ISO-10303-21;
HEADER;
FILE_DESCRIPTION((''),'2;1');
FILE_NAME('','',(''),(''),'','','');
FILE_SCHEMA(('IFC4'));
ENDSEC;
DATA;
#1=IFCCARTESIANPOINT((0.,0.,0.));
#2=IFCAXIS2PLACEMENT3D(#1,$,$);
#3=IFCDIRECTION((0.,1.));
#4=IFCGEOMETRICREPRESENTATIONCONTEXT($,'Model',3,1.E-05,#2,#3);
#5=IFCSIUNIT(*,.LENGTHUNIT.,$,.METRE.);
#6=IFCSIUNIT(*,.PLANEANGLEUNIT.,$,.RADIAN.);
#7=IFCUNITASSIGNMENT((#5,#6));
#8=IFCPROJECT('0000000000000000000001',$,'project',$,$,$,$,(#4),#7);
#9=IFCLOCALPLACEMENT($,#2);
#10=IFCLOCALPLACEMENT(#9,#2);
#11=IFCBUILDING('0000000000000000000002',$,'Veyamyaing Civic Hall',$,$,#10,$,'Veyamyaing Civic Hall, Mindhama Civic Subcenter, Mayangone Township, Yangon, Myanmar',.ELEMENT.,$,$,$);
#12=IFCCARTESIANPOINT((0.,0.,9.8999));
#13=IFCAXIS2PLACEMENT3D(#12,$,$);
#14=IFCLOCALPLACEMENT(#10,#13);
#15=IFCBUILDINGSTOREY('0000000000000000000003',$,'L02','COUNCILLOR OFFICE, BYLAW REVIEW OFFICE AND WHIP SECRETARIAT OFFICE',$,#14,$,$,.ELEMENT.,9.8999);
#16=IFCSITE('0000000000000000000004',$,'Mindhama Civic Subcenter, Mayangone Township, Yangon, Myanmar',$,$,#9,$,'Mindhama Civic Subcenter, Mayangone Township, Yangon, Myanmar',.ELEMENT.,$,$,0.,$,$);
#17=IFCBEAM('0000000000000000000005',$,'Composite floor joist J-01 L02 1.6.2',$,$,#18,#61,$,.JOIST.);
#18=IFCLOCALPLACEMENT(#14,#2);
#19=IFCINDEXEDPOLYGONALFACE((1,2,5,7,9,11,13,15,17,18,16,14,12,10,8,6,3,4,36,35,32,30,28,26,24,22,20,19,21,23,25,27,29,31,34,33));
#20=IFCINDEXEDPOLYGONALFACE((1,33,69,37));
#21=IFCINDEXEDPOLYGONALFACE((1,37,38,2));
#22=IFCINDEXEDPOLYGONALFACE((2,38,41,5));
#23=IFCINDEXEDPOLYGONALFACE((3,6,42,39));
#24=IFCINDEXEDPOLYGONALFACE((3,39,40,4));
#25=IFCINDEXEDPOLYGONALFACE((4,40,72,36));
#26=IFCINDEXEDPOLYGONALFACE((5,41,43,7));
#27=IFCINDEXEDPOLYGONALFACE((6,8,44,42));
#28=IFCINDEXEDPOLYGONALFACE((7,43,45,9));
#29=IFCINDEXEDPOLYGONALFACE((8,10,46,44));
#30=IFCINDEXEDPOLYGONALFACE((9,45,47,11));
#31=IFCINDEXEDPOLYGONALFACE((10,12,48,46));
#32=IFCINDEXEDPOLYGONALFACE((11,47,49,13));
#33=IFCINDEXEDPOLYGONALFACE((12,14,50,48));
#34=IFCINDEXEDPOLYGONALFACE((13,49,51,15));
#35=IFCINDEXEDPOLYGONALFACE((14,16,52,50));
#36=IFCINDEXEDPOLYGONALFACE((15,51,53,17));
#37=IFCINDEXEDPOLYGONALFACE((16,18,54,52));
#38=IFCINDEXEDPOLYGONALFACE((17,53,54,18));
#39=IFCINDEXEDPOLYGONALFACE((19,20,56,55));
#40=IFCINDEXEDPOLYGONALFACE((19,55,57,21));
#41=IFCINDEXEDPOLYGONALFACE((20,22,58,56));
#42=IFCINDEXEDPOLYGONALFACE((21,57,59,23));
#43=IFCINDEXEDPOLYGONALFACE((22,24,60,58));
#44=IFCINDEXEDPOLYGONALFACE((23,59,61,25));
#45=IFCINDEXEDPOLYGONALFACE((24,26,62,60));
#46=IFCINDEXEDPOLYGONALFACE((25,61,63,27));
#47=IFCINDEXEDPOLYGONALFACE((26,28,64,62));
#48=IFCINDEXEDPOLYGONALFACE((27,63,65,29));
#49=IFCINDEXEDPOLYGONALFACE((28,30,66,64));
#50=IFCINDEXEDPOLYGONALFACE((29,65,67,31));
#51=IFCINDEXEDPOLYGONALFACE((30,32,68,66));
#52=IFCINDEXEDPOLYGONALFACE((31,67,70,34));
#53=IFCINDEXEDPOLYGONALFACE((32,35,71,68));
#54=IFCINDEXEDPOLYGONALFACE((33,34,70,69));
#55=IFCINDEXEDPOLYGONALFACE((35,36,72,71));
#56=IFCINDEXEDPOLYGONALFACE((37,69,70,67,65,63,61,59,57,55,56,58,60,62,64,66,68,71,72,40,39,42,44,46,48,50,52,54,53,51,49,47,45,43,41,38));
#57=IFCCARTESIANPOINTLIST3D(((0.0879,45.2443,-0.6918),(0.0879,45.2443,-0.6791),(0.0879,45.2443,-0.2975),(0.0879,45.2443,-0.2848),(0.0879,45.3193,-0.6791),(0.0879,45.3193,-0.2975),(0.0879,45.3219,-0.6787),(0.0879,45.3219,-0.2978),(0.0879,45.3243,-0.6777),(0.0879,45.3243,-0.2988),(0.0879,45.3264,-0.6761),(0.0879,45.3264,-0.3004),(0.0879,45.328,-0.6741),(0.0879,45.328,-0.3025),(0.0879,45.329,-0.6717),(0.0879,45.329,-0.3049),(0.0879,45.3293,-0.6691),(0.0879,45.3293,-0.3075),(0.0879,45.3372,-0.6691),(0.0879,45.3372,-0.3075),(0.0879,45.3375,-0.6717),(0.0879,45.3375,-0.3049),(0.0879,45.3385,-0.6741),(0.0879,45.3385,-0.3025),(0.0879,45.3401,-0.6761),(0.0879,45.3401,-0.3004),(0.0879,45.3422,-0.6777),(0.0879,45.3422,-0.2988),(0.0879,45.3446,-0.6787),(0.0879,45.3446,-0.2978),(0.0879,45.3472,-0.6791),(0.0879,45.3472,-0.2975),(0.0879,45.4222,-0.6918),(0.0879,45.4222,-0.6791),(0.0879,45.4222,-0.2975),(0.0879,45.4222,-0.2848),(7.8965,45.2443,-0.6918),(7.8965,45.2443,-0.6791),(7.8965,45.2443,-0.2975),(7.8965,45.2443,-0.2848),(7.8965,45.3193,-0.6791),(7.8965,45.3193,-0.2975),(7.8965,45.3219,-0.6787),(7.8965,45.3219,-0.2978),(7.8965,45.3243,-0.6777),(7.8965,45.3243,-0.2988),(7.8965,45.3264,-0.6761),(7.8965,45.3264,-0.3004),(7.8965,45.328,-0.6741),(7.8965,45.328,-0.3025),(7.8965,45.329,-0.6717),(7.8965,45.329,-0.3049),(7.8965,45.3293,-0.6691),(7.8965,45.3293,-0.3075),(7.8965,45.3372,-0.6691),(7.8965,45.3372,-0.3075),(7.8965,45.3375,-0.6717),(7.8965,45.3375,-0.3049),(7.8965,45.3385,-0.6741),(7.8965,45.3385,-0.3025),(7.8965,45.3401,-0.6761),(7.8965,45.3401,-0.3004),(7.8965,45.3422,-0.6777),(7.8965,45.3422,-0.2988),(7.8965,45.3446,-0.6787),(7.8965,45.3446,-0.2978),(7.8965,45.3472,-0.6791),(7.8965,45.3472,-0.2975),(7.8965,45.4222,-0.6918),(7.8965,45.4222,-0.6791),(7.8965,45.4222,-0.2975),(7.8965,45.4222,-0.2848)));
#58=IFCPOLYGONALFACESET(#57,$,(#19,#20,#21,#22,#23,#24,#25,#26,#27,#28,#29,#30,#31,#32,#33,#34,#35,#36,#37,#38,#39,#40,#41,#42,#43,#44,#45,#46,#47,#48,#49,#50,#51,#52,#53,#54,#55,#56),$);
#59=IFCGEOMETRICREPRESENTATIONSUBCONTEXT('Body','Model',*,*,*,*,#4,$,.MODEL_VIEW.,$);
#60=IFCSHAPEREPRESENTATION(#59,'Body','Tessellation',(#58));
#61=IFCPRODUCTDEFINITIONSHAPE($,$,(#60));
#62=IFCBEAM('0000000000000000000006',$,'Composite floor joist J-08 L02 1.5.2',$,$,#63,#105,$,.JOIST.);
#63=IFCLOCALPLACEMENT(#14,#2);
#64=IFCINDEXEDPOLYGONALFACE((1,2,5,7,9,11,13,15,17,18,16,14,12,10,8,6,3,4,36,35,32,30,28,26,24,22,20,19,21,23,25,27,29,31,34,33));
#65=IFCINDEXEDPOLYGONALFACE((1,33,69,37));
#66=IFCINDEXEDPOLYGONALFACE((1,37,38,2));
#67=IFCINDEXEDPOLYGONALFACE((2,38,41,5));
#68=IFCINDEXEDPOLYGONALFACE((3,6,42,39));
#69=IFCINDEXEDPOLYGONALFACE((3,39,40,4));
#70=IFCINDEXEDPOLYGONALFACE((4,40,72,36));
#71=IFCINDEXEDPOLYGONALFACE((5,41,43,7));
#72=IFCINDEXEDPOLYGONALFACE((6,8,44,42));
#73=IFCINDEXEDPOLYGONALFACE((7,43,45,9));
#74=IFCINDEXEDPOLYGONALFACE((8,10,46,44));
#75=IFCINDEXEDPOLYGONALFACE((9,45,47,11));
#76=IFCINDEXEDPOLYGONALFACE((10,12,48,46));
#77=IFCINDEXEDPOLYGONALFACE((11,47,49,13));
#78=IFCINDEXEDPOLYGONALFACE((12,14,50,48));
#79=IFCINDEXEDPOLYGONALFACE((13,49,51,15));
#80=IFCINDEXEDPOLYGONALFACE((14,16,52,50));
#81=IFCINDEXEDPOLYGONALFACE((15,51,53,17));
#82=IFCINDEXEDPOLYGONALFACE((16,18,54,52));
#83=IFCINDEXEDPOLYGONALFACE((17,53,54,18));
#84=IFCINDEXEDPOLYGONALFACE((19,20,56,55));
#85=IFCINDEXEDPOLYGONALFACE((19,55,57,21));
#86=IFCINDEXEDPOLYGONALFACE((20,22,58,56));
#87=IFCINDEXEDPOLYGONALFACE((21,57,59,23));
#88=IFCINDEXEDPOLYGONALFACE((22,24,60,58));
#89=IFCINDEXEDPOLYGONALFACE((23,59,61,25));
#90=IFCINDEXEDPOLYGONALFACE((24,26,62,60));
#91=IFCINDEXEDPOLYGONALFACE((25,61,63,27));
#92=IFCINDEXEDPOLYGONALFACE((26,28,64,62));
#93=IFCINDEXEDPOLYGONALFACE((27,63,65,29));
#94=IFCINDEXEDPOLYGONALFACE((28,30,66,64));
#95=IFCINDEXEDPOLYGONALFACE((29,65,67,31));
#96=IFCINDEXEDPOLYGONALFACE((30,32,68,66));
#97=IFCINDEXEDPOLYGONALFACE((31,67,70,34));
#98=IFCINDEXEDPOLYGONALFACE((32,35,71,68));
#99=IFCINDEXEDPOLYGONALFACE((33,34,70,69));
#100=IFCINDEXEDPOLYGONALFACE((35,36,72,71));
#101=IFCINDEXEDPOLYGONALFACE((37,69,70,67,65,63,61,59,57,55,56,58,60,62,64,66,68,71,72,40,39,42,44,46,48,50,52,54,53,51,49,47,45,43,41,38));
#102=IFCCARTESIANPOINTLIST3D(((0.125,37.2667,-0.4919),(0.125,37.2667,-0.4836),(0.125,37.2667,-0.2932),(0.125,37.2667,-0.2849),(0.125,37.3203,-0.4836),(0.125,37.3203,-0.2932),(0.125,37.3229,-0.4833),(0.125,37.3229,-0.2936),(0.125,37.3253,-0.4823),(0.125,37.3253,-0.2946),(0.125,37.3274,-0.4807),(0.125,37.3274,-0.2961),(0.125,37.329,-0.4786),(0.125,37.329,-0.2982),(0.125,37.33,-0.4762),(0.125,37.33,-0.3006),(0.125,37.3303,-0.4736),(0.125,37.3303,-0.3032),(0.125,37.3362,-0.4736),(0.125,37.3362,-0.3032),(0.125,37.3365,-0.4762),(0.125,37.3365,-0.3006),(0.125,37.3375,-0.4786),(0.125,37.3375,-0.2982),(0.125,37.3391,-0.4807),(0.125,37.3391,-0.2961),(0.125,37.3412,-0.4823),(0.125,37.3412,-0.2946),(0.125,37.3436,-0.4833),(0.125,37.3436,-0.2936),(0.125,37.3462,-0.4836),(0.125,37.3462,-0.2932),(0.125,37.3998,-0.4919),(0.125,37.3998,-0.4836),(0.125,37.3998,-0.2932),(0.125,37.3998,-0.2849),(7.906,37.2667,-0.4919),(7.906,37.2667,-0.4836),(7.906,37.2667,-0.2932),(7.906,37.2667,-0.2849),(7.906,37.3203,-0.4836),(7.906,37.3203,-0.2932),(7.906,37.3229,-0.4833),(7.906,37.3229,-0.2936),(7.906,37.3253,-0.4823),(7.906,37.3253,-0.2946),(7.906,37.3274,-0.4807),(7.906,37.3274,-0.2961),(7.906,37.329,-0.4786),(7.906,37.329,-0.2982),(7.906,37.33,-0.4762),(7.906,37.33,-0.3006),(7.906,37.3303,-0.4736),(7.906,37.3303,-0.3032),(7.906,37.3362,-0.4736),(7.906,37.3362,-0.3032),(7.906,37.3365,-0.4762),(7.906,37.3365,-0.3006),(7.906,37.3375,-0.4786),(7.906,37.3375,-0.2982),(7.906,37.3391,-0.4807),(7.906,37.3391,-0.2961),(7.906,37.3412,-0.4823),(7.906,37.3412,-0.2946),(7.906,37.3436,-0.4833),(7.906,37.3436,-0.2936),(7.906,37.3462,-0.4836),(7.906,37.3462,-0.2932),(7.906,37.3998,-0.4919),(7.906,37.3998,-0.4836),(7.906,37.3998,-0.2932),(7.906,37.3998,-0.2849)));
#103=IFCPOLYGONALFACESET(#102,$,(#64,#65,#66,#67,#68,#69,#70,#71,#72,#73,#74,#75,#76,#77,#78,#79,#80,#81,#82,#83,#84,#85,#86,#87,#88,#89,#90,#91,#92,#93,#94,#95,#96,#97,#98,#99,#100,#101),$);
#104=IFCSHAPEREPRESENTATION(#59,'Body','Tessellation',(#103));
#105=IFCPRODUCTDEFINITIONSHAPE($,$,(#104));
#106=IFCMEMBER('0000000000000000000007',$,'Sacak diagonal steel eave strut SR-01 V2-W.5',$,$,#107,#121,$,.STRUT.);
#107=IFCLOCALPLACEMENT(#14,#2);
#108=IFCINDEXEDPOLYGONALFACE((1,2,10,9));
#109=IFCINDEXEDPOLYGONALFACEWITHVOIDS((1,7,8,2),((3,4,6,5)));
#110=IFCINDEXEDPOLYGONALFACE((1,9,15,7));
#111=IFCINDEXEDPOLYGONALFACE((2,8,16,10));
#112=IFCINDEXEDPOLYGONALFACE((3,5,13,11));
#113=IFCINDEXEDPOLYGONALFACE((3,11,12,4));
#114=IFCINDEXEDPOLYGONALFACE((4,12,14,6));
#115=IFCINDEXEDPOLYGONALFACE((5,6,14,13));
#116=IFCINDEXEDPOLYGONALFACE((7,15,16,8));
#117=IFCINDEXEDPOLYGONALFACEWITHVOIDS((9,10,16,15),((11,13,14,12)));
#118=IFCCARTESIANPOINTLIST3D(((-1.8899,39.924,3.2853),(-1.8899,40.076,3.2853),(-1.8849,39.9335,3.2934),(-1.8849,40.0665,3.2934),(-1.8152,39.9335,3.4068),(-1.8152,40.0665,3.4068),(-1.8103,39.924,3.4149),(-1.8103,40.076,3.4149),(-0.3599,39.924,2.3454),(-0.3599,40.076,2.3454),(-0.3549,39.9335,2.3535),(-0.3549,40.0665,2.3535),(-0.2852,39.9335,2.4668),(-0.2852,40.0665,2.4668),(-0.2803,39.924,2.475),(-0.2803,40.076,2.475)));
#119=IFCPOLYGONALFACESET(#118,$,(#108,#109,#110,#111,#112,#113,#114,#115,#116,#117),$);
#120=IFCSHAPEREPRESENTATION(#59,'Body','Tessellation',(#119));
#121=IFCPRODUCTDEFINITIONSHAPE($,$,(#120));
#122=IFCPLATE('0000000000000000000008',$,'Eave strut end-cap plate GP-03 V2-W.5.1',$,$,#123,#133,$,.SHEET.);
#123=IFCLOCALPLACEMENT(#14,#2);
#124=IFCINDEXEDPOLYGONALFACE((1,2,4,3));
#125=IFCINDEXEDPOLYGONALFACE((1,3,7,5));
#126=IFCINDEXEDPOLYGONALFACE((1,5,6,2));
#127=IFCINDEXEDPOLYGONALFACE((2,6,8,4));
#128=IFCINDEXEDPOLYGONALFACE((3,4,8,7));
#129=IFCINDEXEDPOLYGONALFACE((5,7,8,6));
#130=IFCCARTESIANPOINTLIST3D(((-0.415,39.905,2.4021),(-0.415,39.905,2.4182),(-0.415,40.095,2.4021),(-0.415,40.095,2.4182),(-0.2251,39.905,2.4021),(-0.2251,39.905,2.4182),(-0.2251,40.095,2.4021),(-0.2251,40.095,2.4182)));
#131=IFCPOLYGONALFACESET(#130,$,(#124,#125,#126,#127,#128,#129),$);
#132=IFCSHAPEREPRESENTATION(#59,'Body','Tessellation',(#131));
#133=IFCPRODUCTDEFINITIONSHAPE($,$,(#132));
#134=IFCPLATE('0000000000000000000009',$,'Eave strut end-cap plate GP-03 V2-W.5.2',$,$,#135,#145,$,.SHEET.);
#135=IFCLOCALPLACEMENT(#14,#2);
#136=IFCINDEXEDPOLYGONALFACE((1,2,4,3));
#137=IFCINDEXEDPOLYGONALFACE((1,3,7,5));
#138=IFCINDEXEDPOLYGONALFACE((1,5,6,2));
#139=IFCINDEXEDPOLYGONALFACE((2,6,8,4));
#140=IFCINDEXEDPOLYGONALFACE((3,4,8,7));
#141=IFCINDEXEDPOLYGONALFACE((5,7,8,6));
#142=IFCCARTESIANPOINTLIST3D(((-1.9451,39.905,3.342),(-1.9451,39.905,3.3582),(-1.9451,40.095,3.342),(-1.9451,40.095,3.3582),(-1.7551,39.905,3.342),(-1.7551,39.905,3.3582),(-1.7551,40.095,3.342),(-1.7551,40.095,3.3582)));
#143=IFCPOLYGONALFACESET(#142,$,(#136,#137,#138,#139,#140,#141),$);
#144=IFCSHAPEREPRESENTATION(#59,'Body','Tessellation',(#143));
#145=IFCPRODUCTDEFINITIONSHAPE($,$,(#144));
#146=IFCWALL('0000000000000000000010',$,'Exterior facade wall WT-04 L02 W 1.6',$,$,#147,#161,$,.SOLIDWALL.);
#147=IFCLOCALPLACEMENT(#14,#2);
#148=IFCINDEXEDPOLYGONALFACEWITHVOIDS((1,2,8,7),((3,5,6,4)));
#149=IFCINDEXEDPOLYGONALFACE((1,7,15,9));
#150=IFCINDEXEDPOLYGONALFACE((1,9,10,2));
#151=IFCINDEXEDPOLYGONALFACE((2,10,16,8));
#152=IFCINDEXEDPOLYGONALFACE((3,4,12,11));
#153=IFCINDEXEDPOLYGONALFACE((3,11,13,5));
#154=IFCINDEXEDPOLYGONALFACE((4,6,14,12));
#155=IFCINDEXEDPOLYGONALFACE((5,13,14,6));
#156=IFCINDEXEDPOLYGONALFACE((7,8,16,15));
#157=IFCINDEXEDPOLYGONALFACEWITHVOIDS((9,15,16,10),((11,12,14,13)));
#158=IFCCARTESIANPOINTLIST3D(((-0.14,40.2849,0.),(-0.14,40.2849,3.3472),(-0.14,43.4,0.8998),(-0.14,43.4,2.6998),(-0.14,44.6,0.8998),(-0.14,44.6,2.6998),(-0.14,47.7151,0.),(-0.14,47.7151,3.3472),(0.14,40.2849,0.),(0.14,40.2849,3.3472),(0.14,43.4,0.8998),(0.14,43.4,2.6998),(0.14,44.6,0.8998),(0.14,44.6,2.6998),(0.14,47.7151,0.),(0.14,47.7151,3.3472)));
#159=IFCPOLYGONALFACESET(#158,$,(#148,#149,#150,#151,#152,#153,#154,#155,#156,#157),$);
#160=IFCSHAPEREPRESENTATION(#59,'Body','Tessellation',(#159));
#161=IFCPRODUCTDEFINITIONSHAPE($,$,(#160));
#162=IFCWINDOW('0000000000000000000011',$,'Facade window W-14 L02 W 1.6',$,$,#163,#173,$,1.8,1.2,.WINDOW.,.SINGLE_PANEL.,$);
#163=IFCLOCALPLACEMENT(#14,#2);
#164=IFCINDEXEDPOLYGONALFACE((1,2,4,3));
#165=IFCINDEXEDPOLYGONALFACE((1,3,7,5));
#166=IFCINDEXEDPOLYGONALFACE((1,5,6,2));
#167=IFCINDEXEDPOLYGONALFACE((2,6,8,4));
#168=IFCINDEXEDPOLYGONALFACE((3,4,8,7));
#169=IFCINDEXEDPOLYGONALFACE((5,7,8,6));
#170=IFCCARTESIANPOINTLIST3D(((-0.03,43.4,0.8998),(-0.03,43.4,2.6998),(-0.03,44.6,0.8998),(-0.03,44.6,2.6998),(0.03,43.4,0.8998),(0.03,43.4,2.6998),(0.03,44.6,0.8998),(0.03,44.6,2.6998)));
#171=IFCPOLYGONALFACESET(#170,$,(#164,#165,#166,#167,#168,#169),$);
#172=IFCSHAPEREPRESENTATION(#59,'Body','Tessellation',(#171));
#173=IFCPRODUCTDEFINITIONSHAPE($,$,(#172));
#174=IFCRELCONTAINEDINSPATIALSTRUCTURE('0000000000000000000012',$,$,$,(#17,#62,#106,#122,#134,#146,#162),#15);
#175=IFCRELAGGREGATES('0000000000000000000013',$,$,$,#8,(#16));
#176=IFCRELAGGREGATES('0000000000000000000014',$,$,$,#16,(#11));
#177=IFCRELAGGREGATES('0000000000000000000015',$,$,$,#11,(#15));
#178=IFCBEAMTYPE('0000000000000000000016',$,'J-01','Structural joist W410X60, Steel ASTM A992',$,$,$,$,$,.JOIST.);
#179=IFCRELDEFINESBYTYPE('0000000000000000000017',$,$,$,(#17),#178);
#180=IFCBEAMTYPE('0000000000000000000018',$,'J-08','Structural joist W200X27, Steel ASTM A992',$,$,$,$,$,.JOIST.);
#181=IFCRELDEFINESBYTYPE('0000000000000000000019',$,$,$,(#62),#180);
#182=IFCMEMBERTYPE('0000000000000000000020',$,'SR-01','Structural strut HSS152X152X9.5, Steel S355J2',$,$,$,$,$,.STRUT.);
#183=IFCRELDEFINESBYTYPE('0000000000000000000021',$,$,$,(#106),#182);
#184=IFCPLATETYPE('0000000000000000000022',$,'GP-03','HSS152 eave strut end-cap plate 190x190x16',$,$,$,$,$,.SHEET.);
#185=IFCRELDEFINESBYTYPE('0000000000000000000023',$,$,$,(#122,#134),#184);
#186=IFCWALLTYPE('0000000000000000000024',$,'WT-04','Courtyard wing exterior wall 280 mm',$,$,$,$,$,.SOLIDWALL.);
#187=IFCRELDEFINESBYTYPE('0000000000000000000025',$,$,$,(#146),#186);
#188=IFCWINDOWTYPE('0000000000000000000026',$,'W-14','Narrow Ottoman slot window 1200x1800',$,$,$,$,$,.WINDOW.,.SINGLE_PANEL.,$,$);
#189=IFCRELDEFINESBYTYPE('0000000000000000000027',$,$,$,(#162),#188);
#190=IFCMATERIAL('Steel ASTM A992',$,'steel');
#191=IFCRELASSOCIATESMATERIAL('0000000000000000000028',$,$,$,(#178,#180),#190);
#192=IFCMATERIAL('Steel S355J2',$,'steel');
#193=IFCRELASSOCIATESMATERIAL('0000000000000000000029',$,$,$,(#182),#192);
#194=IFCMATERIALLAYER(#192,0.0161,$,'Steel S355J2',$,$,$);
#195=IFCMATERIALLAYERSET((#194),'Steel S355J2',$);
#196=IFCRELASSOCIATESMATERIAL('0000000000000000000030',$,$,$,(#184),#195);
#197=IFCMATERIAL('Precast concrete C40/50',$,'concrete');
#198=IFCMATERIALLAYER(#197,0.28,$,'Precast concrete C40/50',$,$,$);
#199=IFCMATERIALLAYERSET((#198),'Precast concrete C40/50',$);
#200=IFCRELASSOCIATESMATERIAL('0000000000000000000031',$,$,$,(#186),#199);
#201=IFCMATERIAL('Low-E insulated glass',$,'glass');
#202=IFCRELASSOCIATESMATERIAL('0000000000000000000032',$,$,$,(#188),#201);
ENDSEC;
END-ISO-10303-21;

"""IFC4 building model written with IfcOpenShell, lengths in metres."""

from ifc_helpers import new_model, si_unit, direction, frame, frame_2d, origin, origin_2d, place, context, subcontext, project, spatial, rectangle, hollow_rectangle, i_section, extrude, material, layer, layer_set, material_profile, profile_set, type_object, element, fill, save


model = new_model("IFC4")

# Units and contexts
model_context = context("Model", 3, precision=1e-05, world=origin(), true_north=direction((0.0, 1.0)))
body_context = subcontext(model_context, "Body", "Model", "MODEL_VIEW")
ifc_project = project(units=[si_unit("LENGTHUNIT", "METRE"), si_unit("PLANEANGLEUNIT", "RADIAN")], contexts=[model_context])

# Site, building, storey
site_placement = place(None, origin())
site = spatial("IfcSite", under=ifc_project, at=site_placement, Name="Mindhama Civic Subcenter, Mayangone Township, Yangon, Myanmar", LongName="Mindhama Civic Subcenter, Mayangone Township, Yangon, Myanmar", CompositionType="ELEMENT", RefElevation=0.0)
building_placement = place(site_placement, origin())
building = spatial("IfcBuilding", under=site, at=building_placement, Name="Veyamyaing Civic Hall", LongName="Veyamyaing Civic Hall, Mindhama Civic Subcenter, Mayangone Township, Yangon, Myanmar", CompositionType="ELEMENT")
storey_placement = place(building_placement, frame((0.0, 0.0, 9.8999)))
storey = spatial("IfcBuildingStorey", under=building, at=storey_placement, Name="L02", Description="COUNCILLOR OFFICE, BYLAW REVIEW OFFICE AND WHIP SECRETARIAT OFFICE", CompositionType="ELEMENT", Elevation=9.8999)

# Beams
ifc_material_1 = material(Name="Steel ASTM A992", Category="steel")
ifc_material_profile_1 = material_profile(ifc_material_1, i_section(OverallWidth=0.178, OverallDepth=0.407, WebThickness=0.0078, FlangeThickness=0.0127, FilletRadius=0.01, at=origin_2d()), Name="W410X60")
ifc_profile_set_1 = profile_set([ifc_material_profile_1], Name="Steel ASTM A992")
beam_type_1 = type_object("IfcBeamType", Name="J-01", Description="Structural joist W410X60, Steel ASTM A992", PredefinedType="JOIST", material=ifc_profile_set_1)
for number, where, z_axis, x_axis, name in (
    (1, (0.0879, 45.3333, -0.4883), (1.0, 0.0, 0.0), (0.0, 1.0, 0.0), "Composite floor joist J-01 L02 1.6.2"),
):
    element("IfcBeam", number, at=place(storey_placement, frame(where, z_axis=z_axis, x_axis=x_axis)), inside=storey, type_object=beam_type_1, Name=name, PredefinedType="JOIST", context=body_context, shape_type="SweptSolid", body=[
        extrude(i_section(OverallWidth=0.178, OverallDepth=0.407, WebThickness=0.0078, FlangeThickness=0.0127, FilletRadius=0.01, at=origin_2d()), origin(), (0.0, 0.0, 1.0), 7.8086),
    ])
ifc_material_profile_2 = material_profile(ifc_material_1, i_section(OverallWidth=0.1331, OverallDepth=0.207, WebThickness=0.0059, FlangeThickness=0.0083, FilletRadius=0.01, at=origin_2d()), Name="W200X27")
ifc_profile_set_2 = profile_set([ifc_material_profile_2], Name="Steel ASTM A992")
beam_type_2 = type_object("IfcBeamType", Name="J-08", Description="Structural joist W200X27, Steel ASTM A992", PredefinedType="JOIST", material=ifc_profile_set_2)
beam_1_placement = place(storey_placement, frame((0.125, 37.3333, -0.3884), z_axis=(1.0, 0.0, 0.0), x_axis=(0.0, 1.0, 0.0)))
element("IfcBeam", 2, at=beam_1_placement, inside=storey, type_object=beam_type_2, Name="Composite floor joist J-08 L02 1.5.2", PredefinedType="JOIST", context=body_context, shape_type="SweptSolid", body=[
    extrude(i_section(OverallWidth=0.1331, OverallDepth=0.207, WebThickness=0.0059, FlangeThickness=0.0083, FilletRadius=0.01, at=origin_2d()), origin(), (0.0, 0.0, 1.0), 7.781),
])

# Member
ifc_material_2 = material(Name="Steel S355J2", Category="steel")
ifc_material_profile_3 = material_profile(ifc_material_2, hollow_rectangle(XDim=0.1521, YDim=0.1521, WallThickness=0.0095, at=origin_2d()), Name="HSS152X152X9.5")
ifc_profile_set_3 = profile_set([ifc_material_profile_3], Name="Steel S355J2")
member_type = type_object("IfcMemberType", Name="SR-01", Description="Structural strut HSS152X152X9.5, Steel S355J2", PredefinedType="STRUT", material=ifc_profile_set_3)
member_placement = place(storey_placement, frame((-0.3201, 40.0, 2.4102), z_axis=(-0.85206, 0.0, 0.523445), x_axis=(0.0, -1.0, 0.0)))
element("IfcMember", 3, at=member_placement, inside=storey, type_object=member_type, Name="Sacak diagonal steel eave strut SR-01 V2-W.5", PredefinedType="STRUT", context=body_context, shape_type="SweptSolid", body=[
    extrude(hollow_rectangle(XDim=0.1521, YDim=0.1521, WallThickness=0.0095, at=origin_2d()), origin(), (0.0, 0.0, 1.0), 1.7957),
])

# Plates
ifc_layer_1 = layer(ifc_material_2, 0.0161, Name="Steel S355J2")
ifc_layer_set_1 = layer_set([ifc_layer_1], Name="Steel S355J2")
plate_type = type_object("IfcPlateType", Name="GP-03", Description="HSS152 eave strut end-cap plate 190x190x16", PredefinedType="SHEET", material=ifc_layer_set_1)
for number, where, z_axis, x_axis, name in (
    (4, (-0.3201, 40.0, 2.4021), (0.0, 0.0, 1.0), (1.0, 0.0, 0.0), "Eave strut end-cap plate GP-03 V2-W.5.1"),
    (5, (-1.8501, 40.0, 3.342), (0.0, 0.0, 1.0), (1.0, 0.0, 0.0), "Eave strut end-cap plate GP-03 V2-W.5.2"),
):
    element("IfcPlate", number, at=place(storey_placement, frame(where, z_axis=z_axis, x_axis=x_axis)), inside=storey, type_object=plate_type, Name=name, PredefinedType="SHEET", context=body_context, shape_type="SweptSolid", body=[
        extrude(rectangle(XDim=0.1899, YDim=0.1899, at=origin_2d()), origin(), (0.0, 0.0, 1.0), 0.0161),
    ])

# Wall, opening, window
ifc_material_3 = material(Name="Precast concrete C40/50", Category="concrete")
ifc_layer_2 = layer(ifc_material_3, 0.28, Name="Precast concrete C40/50")
ifc_layer_set_2 = layer_set([ifc_layer_2], Name="Precast concrete C40/50")
wall_type_1 = type_object("IfcWallType", Name="WT-04", Description="Courtyard wing exterior wall 280 mm", PredefinedType="SOLIDWALL", material=ifc_layer_set_2)
wall_1_placement = place(storey_placement, frame((0.0, 40.2849, 0.0), z_axis=(0.0, 0.0, 1.0), x_axis=(0.0, 1.0, 0.0)))
wall_1 = element("IfcWall", 6, at=wall_1_placement, inside=storey, type_object=wall_type_1, Name="Exterior facade wall WT-04 L02 W 1.6", PredefinedType="SOLIDWALL", context=body_context, shape_type="SweptSolid", body=[
    extrude(rectangle(XDim=7.4302, YDim=0.28, at=frame_2d((3.7151, 0.0))), origin(), (0.0, 0.0, 1.0), 3.3472),
])
opening_placement = place(wall_1_placement, frame((3.115, 0.0, 0.8999)))
opening = element("IfcOpeningElement", 7, at=opening_placement, cuts=wall_1, PredefinedType="OPENING", context=body_context, shape_type="SweptSolid", body=[
    extrude(rectangle(XDim=1.2, YDim=1.8, at=frame_2d((0.6001, 0.8999))), frame((0.0, 0.1499, 0.0), z_axis=(0.0, -1.0, 0.0), x_axis=(1.0, 0.0, 0.0)), (0.0, 0.0, 1.0), 0.3),
])
ifc_material_4 = material(Name="Low-E insulated glass", Category="glass")
window_type = type_object("IfcWindowType", Name="W-14", Description="Narrow Ottoman slot window 1200x1800", PartitioningType="SINGLE_PANEL", PredefinedType="WINDOW", material=ifc_material_4)
window_placement = place(opening_placement, origin())
window = element("IfcWindow", 8, at=window_placement, inside=storey, type_object=window_type, Name="Facade window W-14 L02 W 1.6", OverallHeight=1.8, OverallWidth=1.2, PartitioningType="SINGLE_PANEL", PredefinedType="WINDOW", context=body_context, shape_type="SweptSolid", body=[
    extrude(rectangle(XDim=1.2, YDim=1.8, at=frame_2d((0.6001, 0.8999))), frame((0.0, 0.03, 0.0), z_axis=(0.0, -1.0, 0.0), x_axis=(1.0, 0.0, 0.0)), (0.0, 0.0, 1.0), 0.0601),
])
fill(opening, window)

save(model, "model.ifc")
